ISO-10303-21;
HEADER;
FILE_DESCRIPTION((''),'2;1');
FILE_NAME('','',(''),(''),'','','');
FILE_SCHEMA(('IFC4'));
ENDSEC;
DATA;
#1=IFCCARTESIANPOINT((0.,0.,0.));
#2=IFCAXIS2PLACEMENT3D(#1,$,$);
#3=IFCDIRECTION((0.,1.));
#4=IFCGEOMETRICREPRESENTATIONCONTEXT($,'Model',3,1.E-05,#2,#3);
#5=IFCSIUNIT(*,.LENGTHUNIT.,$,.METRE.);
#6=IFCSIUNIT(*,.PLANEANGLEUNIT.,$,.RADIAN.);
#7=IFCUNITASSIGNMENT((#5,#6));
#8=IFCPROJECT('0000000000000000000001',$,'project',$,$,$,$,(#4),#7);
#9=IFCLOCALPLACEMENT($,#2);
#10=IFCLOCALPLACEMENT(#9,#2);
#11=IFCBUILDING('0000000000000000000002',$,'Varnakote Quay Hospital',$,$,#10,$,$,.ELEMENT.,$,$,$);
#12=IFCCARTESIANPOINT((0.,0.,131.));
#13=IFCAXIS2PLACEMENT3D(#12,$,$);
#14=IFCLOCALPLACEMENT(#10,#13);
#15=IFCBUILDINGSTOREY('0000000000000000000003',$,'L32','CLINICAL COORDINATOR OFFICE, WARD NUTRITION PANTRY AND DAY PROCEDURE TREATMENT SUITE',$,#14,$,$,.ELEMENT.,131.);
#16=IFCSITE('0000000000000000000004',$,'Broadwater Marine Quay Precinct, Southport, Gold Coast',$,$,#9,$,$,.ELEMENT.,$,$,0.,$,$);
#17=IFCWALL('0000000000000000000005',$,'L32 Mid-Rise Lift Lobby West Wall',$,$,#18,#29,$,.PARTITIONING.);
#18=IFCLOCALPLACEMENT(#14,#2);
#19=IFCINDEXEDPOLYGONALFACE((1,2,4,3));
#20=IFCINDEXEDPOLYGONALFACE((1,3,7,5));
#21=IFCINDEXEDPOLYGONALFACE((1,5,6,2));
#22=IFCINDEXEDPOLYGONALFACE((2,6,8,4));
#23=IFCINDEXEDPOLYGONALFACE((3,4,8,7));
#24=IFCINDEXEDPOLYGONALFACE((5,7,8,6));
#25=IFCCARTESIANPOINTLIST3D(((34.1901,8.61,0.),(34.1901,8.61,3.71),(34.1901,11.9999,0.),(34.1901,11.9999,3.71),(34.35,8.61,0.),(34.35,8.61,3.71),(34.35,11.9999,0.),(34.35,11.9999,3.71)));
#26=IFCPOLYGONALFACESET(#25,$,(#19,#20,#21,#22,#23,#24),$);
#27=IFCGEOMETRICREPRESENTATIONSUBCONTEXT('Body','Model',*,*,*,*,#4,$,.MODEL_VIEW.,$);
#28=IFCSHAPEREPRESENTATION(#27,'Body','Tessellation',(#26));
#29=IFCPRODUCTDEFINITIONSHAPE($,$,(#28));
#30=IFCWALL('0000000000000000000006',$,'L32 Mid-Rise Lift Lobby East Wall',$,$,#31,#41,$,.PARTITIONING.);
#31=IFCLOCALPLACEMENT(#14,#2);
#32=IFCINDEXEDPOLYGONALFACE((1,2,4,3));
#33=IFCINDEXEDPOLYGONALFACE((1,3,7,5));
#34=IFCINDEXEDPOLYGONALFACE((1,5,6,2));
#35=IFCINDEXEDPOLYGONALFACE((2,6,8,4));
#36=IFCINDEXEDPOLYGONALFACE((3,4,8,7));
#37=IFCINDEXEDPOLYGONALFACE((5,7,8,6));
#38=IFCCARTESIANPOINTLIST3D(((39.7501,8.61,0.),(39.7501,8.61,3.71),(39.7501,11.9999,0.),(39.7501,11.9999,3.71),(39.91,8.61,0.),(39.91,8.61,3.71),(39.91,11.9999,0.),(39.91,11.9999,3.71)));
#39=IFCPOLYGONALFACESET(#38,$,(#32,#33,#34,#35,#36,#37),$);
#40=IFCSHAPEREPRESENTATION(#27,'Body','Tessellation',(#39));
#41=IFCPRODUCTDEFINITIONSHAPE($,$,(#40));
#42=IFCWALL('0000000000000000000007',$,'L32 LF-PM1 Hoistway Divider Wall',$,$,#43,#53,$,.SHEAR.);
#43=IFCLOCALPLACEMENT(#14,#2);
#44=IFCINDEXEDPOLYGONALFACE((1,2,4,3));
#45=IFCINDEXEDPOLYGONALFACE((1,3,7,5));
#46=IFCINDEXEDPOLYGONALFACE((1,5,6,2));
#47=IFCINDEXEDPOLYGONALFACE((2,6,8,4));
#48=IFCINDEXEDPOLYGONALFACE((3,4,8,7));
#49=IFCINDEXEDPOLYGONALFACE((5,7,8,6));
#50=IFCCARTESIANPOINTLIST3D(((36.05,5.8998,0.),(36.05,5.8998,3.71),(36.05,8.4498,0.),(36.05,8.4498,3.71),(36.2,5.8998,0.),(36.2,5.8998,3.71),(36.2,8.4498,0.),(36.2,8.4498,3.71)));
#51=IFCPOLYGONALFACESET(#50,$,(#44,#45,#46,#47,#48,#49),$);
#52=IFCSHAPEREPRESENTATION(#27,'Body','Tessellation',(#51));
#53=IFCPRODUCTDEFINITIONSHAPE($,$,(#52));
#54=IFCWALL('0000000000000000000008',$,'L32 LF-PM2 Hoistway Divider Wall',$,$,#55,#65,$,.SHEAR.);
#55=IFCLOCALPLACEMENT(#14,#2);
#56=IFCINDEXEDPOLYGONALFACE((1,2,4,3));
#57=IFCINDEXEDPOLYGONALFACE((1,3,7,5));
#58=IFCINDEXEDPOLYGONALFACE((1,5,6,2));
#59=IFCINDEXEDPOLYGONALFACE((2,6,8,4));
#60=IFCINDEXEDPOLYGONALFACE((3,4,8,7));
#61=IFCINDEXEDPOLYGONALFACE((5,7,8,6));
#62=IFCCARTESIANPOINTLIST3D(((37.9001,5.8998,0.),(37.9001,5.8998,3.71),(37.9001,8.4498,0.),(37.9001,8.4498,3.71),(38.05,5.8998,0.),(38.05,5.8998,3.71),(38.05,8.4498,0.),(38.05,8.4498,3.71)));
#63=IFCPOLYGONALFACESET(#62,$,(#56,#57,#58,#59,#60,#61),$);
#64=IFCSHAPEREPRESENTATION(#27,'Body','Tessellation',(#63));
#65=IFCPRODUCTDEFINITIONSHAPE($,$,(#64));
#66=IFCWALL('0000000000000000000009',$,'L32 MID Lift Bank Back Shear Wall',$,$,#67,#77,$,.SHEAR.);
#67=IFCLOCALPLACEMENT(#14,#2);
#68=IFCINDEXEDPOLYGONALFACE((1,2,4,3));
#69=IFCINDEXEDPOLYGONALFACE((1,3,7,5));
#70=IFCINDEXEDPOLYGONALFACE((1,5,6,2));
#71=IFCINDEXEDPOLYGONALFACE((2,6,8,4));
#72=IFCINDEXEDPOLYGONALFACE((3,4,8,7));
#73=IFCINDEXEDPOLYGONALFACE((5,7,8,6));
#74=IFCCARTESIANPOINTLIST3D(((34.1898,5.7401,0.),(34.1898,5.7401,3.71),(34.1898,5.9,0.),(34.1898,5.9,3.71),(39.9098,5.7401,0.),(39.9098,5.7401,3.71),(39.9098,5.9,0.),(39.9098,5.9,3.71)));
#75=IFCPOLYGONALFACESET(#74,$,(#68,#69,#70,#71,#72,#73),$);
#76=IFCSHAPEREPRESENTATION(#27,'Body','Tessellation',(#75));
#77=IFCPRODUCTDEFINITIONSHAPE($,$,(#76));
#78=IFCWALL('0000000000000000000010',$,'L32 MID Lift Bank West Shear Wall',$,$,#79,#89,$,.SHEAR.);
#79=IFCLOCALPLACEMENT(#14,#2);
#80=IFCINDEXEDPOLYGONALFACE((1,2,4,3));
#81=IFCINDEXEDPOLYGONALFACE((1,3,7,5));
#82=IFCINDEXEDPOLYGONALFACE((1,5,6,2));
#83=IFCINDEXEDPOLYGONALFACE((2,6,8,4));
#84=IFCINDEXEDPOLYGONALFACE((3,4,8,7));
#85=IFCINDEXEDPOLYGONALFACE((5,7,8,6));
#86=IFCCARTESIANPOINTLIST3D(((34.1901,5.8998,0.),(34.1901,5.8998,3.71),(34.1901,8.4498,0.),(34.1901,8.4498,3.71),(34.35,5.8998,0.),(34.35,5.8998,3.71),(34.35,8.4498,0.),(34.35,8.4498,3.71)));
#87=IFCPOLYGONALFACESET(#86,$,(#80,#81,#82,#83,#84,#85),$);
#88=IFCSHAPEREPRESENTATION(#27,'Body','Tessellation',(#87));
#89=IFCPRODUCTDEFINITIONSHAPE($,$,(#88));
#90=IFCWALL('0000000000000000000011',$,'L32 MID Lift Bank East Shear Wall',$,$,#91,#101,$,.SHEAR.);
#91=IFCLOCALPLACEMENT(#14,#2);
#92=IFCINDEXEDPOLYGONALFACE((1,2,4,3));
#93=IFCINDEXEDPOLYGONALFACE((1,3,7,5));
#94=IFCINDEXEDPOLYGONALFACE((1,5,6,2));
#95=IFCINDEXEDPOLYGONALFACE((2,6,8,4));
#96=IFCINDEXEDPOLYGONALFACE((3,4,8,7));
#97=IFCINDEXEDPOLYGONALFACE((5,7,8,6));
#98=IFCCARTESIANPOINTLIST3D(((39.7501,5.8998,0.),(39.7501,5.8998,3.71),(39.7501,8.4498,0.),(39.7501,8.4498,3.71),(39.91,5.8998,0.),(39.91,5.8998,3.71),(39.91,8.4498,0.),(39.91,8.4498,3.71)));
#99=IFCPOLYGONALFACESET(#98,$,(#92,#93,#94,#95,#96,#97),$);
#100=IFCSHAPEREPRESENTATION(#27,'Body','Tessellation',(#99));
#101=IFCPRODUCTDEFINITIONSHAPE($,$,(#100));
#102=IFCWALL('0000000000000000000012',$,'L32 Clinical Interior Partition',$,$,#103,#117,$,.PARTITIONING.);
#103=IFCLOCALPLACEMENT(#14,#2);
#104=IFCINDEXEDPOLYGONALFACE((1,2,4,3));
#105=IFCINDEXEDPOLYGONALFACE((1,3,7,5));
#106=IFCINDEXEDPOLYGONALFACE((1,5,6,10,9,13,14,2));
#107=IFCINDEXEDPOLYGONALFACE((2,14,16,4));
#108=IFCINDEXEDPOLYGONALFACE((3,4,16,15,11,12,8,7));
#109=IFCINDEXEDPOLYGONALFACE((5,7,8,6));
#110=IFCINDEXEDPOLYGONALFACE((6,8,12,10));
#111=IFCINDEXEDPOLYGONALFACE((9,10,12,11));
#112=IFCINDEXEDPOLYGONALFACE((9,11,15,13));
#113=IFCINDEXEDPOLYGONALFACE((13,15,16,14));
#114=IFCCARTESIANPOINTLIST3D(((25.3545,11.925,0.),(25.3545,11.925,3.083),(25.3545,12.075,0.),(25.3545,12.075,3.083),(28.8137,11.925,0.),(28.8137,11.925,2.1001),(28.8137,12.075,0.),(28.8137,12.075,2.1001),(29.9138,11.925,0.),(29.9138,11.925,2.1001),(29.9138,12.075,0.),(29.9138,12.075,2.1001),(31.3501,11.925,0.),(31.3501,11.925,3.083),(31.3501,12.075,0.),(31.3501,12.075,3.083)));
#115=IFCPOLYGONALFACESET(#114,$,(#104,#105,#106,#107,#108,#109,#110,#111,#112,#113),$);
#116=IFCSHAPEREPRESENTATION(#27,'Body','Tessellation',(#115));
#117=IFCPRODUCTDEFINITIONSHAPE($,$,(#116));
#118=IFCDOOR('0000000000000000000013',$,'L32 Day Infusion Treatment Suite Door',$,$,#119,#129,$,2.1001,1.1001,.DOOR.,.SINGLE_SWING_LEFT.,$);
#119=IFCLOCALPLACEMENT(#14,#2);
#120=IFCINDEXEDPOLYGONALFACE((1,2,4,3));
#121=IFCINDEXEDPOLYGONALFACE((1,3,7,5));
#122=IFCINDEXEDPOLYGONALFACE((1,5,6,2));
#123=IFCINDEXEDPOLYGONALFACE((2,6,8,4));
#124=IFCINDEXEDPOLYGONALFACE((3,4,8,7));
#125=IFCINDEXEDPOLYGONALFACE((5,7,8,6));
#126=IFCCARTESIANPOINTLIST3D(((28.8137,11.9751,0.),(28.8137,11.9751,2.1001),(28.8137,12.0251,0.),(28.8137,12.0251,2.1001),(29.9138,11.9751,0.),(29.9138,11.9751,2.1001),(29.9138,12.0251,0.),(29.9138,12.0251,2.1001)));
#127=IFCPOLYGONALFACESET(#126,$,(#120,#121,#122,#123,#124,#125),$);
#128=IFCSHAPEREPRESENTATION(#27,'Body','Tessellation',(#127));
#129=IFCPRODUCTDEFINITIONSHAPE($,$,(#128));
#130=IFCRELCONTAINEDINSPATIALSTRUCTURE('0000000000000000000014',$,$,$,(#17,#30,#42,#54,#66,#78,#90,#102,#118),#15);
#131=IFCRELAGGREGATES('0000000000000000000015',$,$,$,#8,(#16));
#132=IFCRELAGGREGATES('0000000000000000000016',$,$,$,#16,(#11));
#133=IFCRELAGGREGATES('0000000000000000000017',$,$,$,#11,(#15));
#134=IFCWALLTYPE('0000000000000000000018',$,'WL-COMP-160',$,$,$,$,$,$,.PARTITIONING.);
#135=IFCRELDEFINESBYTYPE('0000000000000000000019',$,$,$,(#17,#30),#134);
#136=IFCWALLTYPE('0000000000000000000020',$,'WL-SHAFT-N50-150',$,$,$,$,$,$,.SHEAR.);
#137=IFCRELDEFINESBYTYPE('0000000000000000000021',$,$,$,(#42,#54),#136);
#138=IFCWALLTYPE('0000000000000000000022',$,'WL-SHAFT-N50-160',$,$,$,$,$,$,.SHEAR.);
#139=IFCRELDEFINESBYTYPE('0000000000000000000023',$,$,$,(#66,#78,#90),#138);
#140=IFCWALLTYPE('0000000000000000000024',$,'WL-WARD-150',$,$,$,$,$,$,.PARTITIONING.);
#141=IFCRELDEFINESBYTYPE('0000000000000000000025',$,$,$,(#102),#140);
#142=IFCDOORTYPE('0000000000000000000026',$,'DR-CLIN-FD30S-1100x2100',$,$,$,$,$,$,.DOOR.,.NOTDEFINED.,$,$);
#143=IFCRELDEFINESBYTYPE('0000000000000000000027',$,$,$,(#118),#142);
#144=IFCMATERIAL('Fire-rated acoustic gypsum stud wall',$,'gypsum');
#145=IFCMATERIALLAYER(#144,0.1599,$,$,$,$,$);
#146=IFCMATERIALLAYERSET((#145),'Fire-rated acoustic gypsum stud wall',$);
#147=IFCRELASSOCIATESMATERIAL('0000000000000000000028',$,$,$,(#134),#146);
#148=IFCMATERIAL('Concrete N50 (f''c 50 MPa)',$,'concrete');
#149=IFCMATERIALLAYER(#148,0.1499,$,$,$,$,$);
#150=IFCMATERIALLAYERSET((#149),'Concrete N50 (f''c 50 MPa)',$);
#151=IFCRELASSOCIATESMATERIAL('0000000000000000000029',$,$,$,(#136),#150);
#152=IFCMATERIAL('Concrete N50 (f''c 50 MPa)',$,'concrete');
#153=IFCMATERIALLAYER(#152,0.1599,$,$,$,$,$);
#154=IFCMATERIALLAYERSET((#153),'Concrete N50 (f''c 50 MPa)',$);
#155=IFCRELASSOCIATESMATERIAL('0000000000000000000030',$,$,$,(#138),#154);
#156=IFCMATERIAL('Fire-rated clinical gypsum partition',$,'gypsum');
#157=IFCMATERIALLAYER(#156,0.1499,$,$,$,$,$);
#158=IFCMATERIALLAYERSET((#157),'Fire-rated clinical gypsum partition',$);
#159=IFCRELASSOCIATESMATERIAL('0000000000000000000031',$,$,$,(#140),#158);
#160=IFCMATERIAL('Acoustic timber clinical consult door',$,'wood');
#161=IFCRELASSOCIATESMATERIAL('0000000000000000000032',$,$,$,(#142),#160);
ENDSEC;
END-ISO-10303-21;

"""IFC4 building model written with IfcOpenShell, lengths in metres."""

from ifc_helpers import new_model, si_unit, direction, frame, frame_2d, origin, place, context, subcontext, project, spatial, rectangle, extrude, material, layer, layer_set, type_object, element, fill, save


model = new_model("IFC4")

# Units and contexts
model_context = context("Model", 3, precision=1e-05, world=origin(), true_north=direction((0.0, 1.0)))
body_context = subcontext(model_context, "Body", "Model", "MODEL_VIEW")
ifc_project = project(units=[si_unit("LENGTHUNIT", "METRE"), si_unit("PLANEANGLEUNIT", "RADIAN")], contexts=[model_context])

# Site, building, storey
site_placement = place(None, origin())
site = spatial("IfcSite", under=ifc_project, at=site_placement, Name="Broadwater Marine Quay Precinct, Southport, Gold Coast", CompositionType="ELEMENT", RefElevation=0.0)
building_placement = place(site_placement, origin())
building = spatial("IfcBuilding", under=site, at=building_placement, Name="Varnakote Quay Hospital", CompositionType="ELEMENT")
storey_placement = place(building_placement, frame((0.0, 0.0, 131.0)))
storey = spatial("IfcBuildingStorey", under=building, at=storey_placement, Name="L32", Description="CLINICAL COORDINATOR OFFICE, WARD NUTRITION PANTRY AND DAY PROCEDURE TREATMENT SUITE", CompositionType="ELEMENT", Elevation=131.0)

# Walls
ifc_material_1 = material(Name="Fire-rated acoustic gypsum stud wall", Category="gypsum")
ifc_layer_1 = layer(ifc_material_1, 0.1599)
ifc_layer_set_1 = layer_set([ifc_layer_1], Name="Fire-rated acoustic gypsum stud wall")
wall_type_1 = type_object("IfcWallType", Name="WL-COMP-160", PredefinedType="PARTITIONING", material=ifc_layer_set_1)
for number, where, z_axis, x_axis, name in (
    (1, (34.27, 8.6101, 0.0), (0.0, 0.0, 1.0), (0.0, 1.0, 0.0), "L32 Mid-Rise Lift Lobby West Wall"),
    (2, (39.8301, 8.6101, 0.0), (0.0, 0.0, 1.0), (0.0, 1.0, 0.0), "L32 Mid-Rise Lift Lobby East Wall"),
):
    element("IfcWall", number, at=place(storey_placement, frame(where, z_axis=z_axis, x_axis=x_axis)), inside=storey, type_object=wall_type_1, Name=name, PredefinedType="PARTITIONING", context=body_context, shape_type="SweptSolid", body=[
        extrude(rectangle(XDim=3.3899, YDim=0.1599, at=frame_2d((1.6948, 0.0))), origin(), (0.0, 0.0, 1.0), 3.71),
    ])
ifc_material_2 = material(Name="Concrete N50 (f'c 50 MPa)", Category="concrete")
ifc_layer_2 = layer(ifc_material_2, 0.1499)
ifc_layer_set_2 = layer_set([ifc_layer_2], Name="Concrete N50 (f'c 50 MPa)")
wall_type_2 = type_object("IfcWallType", Name="WL-SHAFT-N50-150", PredefinedType="SHEAR", material=ifc_layer_set_2)
for number, where, z_axis, x_axis, name in (
    (3, (36.125, 5.8999, 0.0), (0.0, 0.0, 1.0), (0.0, 1.0, 0.0), "L32 LF-PM1 Hoistway Divider Wall"),
    (4, (37.9751, 5.8999, 0.0), (0.0, 0.0, 1.0), (0.0, 1.0, 0.0), "L32 LF-PM2 Hoistway Divider Wall"),
):
    element("IfcWall", number, at=place(storey_placement, frame(where, z_axis=z_axis, x_axis=x_axis)), inside=storey, type_object=wall_type_2, Name=name, PredefinedType="SHEAR", context=body_context, shape_type="SweptSolid", body=[
        extrude(rectangle(XDim=2.55, YDim=0.1499, at=frame_2d((1.2749, 0.0))), origin(), (0.0, 0.0, 1.0), 3.71),
    ])
ifc_material_3 = material(Name="Concrete N50 (f'c 50 MPa)", Category="concrete")
ifc_layer_3 = layer(ifc_material_3, 0.1599)
ifc_layer_set_3 = layer_set([ifc_layer_3], Name="Concrete N50 (f'c 50 MPa)")
wall_type_3 = type_object("IfcWallType", Name="WL-SHAFT-N50-160", PredefinedType="SHEAR", material=ifc_layer_set_3)
wall_1_placement = place(storey_placement, frame((34.1899, 5.8201, 0.0), z_axis=(0.0, 0.0, 1.0), x_axis=(1.0, 0.0, 0.0)))
element("IfcWall", 5, at=wall_1_placement, inside=storey, type_object=wall_type_3, Name="L32 MID Lift Bank Back Shear Wall", PredefinedType="SHEAR", context=body_context, shape_type="SweptSolid", body=[
    extrude(rectangle(XDim=5.72, YDim=0.1599, at=frame_2d((2.8599, 0.0))), origin(), (0.0, 0.0, 1.0), 3.71),
])
for number, where, z_axis, x_axis, name in (
    (6, (34.27, 5.8999, 0.0), (0.0, 0.0, 1.0), (0.0, 1.0, 0.0), "L32 MID Lift Bank West Shear Wall"),
    (7, (39.8301, 5.8999, 0.0), (0.0, 0.0, 1.0), (0.0, 1.0, 0.0), "L32 MID Lift Bank East Shear Wall"),
):
    element("IfcWall", number, at=place(storey_placement, frame(where, z_axis=z_axis, x_axis=x_axis)), inside=storey, type_object=wall_type_3, Name=name, PredefinedType="SHEAR", context=body_context, shape_type="SweptSolid", body=[
        extrude(rectangle(XDim=2.55, YDim=0.1599, at=frame_2d((1.2749, 0.0))), origin(), (0.0, 0.0, 1.0), 3.71),
    ])

# Wall, opening, door
ifc_material_4 = material(Name="Fire-rated clinical gypsum partition", Category="gypsum")
ifc_layer_4 = layer(ifc_material_4, 0.1499)
ifc_layer_set_4 = layer_set([ifc_layer_4], Name="Fire-rated clinical gypsum partition")
wall_type_4 = type_object("IfcWallType", Name="WL-WARD-150", PredefinedType="PARTITIONING", material=ifc_layer_set_4)
wall_2_placement = place(storey_placement, frame((31.3501, 12.0, 0.0), z_axis=(0.0, 0.0, 1.0), x_axis=(-1.0, 0.0, 0.0)))
wall_2 = element("IfcWall", 8, at=wall_2_placement, inside=storey, type_object=wall_type_4, Name="L32 Clinical Interior Partition", PredefinedType="PARTITIONING", context=body_context, shape_type="SweptSolid", body=[
    extrude(rectangle(XDim=5.9956, YDim=0.1499, at=frame_2d((2.9978, 0.0))), origin(), (0.0, 0.0, 1.0), 3.083),
])
opening_1_placement = place(wall_2_placement, frame((1.4363, 0.0, 0.0)))
opening_1 = element("IfcOpeningElement", 9, at=opening_1_placement, cuts=wall_2, PredefinedType="OPENING", context=body_context, shape_type="SweptSolid", body=[
    extrude(rectangle(XDim=1.1001, YDim=2.1001, at=frame_2d((0.55, 1.05))), frame((0.0, 0.085, 0.0), z_axis=(0.0, -1.0, 0.0), x_axis=(1.0, 0.0, 0.0)), (0.0, 0.0, 1.0), 0.1699),
])
ifc_material_5 = material(Name="Acoustic timber clinical consult door", Category="wood")
door_type_1 = type_object("IfcDoorType", Name="DR-CLIN-FD30S-1100x2100", OperationType="NOTDEFINED", PredefinedType="DOOR", material=ifc_material_5)
door_1_placement = place(opening_1_placement, origin())
door_1 = element("IfcDoor", 10, at=door_1_placement, inside=storey, type_object=door_type_1, Name="L32 Day Infusion Treatment Suite Door", OperationType="SINGLE_SWING_LEFT", OverallHeight=2.1001, OverallWidth=1.1001, PredefinedType="DOOR", context=body_context, shape_type="SweptSolid", body=[
    extrude(rectangle(XDim=1.1001, YDim=2.1001, at=frame_2d((0.55, 1.05))), frame((0.0, 0.0249, 0.0), z_axis=(0.0, -1.0, 0.0), x_axis=(1.0, 0.0, 0.0)), (0.0, 0.0, 1.0), 0.05),
])
fill(opening_1, door_1)

save(model, "model.ifc")
